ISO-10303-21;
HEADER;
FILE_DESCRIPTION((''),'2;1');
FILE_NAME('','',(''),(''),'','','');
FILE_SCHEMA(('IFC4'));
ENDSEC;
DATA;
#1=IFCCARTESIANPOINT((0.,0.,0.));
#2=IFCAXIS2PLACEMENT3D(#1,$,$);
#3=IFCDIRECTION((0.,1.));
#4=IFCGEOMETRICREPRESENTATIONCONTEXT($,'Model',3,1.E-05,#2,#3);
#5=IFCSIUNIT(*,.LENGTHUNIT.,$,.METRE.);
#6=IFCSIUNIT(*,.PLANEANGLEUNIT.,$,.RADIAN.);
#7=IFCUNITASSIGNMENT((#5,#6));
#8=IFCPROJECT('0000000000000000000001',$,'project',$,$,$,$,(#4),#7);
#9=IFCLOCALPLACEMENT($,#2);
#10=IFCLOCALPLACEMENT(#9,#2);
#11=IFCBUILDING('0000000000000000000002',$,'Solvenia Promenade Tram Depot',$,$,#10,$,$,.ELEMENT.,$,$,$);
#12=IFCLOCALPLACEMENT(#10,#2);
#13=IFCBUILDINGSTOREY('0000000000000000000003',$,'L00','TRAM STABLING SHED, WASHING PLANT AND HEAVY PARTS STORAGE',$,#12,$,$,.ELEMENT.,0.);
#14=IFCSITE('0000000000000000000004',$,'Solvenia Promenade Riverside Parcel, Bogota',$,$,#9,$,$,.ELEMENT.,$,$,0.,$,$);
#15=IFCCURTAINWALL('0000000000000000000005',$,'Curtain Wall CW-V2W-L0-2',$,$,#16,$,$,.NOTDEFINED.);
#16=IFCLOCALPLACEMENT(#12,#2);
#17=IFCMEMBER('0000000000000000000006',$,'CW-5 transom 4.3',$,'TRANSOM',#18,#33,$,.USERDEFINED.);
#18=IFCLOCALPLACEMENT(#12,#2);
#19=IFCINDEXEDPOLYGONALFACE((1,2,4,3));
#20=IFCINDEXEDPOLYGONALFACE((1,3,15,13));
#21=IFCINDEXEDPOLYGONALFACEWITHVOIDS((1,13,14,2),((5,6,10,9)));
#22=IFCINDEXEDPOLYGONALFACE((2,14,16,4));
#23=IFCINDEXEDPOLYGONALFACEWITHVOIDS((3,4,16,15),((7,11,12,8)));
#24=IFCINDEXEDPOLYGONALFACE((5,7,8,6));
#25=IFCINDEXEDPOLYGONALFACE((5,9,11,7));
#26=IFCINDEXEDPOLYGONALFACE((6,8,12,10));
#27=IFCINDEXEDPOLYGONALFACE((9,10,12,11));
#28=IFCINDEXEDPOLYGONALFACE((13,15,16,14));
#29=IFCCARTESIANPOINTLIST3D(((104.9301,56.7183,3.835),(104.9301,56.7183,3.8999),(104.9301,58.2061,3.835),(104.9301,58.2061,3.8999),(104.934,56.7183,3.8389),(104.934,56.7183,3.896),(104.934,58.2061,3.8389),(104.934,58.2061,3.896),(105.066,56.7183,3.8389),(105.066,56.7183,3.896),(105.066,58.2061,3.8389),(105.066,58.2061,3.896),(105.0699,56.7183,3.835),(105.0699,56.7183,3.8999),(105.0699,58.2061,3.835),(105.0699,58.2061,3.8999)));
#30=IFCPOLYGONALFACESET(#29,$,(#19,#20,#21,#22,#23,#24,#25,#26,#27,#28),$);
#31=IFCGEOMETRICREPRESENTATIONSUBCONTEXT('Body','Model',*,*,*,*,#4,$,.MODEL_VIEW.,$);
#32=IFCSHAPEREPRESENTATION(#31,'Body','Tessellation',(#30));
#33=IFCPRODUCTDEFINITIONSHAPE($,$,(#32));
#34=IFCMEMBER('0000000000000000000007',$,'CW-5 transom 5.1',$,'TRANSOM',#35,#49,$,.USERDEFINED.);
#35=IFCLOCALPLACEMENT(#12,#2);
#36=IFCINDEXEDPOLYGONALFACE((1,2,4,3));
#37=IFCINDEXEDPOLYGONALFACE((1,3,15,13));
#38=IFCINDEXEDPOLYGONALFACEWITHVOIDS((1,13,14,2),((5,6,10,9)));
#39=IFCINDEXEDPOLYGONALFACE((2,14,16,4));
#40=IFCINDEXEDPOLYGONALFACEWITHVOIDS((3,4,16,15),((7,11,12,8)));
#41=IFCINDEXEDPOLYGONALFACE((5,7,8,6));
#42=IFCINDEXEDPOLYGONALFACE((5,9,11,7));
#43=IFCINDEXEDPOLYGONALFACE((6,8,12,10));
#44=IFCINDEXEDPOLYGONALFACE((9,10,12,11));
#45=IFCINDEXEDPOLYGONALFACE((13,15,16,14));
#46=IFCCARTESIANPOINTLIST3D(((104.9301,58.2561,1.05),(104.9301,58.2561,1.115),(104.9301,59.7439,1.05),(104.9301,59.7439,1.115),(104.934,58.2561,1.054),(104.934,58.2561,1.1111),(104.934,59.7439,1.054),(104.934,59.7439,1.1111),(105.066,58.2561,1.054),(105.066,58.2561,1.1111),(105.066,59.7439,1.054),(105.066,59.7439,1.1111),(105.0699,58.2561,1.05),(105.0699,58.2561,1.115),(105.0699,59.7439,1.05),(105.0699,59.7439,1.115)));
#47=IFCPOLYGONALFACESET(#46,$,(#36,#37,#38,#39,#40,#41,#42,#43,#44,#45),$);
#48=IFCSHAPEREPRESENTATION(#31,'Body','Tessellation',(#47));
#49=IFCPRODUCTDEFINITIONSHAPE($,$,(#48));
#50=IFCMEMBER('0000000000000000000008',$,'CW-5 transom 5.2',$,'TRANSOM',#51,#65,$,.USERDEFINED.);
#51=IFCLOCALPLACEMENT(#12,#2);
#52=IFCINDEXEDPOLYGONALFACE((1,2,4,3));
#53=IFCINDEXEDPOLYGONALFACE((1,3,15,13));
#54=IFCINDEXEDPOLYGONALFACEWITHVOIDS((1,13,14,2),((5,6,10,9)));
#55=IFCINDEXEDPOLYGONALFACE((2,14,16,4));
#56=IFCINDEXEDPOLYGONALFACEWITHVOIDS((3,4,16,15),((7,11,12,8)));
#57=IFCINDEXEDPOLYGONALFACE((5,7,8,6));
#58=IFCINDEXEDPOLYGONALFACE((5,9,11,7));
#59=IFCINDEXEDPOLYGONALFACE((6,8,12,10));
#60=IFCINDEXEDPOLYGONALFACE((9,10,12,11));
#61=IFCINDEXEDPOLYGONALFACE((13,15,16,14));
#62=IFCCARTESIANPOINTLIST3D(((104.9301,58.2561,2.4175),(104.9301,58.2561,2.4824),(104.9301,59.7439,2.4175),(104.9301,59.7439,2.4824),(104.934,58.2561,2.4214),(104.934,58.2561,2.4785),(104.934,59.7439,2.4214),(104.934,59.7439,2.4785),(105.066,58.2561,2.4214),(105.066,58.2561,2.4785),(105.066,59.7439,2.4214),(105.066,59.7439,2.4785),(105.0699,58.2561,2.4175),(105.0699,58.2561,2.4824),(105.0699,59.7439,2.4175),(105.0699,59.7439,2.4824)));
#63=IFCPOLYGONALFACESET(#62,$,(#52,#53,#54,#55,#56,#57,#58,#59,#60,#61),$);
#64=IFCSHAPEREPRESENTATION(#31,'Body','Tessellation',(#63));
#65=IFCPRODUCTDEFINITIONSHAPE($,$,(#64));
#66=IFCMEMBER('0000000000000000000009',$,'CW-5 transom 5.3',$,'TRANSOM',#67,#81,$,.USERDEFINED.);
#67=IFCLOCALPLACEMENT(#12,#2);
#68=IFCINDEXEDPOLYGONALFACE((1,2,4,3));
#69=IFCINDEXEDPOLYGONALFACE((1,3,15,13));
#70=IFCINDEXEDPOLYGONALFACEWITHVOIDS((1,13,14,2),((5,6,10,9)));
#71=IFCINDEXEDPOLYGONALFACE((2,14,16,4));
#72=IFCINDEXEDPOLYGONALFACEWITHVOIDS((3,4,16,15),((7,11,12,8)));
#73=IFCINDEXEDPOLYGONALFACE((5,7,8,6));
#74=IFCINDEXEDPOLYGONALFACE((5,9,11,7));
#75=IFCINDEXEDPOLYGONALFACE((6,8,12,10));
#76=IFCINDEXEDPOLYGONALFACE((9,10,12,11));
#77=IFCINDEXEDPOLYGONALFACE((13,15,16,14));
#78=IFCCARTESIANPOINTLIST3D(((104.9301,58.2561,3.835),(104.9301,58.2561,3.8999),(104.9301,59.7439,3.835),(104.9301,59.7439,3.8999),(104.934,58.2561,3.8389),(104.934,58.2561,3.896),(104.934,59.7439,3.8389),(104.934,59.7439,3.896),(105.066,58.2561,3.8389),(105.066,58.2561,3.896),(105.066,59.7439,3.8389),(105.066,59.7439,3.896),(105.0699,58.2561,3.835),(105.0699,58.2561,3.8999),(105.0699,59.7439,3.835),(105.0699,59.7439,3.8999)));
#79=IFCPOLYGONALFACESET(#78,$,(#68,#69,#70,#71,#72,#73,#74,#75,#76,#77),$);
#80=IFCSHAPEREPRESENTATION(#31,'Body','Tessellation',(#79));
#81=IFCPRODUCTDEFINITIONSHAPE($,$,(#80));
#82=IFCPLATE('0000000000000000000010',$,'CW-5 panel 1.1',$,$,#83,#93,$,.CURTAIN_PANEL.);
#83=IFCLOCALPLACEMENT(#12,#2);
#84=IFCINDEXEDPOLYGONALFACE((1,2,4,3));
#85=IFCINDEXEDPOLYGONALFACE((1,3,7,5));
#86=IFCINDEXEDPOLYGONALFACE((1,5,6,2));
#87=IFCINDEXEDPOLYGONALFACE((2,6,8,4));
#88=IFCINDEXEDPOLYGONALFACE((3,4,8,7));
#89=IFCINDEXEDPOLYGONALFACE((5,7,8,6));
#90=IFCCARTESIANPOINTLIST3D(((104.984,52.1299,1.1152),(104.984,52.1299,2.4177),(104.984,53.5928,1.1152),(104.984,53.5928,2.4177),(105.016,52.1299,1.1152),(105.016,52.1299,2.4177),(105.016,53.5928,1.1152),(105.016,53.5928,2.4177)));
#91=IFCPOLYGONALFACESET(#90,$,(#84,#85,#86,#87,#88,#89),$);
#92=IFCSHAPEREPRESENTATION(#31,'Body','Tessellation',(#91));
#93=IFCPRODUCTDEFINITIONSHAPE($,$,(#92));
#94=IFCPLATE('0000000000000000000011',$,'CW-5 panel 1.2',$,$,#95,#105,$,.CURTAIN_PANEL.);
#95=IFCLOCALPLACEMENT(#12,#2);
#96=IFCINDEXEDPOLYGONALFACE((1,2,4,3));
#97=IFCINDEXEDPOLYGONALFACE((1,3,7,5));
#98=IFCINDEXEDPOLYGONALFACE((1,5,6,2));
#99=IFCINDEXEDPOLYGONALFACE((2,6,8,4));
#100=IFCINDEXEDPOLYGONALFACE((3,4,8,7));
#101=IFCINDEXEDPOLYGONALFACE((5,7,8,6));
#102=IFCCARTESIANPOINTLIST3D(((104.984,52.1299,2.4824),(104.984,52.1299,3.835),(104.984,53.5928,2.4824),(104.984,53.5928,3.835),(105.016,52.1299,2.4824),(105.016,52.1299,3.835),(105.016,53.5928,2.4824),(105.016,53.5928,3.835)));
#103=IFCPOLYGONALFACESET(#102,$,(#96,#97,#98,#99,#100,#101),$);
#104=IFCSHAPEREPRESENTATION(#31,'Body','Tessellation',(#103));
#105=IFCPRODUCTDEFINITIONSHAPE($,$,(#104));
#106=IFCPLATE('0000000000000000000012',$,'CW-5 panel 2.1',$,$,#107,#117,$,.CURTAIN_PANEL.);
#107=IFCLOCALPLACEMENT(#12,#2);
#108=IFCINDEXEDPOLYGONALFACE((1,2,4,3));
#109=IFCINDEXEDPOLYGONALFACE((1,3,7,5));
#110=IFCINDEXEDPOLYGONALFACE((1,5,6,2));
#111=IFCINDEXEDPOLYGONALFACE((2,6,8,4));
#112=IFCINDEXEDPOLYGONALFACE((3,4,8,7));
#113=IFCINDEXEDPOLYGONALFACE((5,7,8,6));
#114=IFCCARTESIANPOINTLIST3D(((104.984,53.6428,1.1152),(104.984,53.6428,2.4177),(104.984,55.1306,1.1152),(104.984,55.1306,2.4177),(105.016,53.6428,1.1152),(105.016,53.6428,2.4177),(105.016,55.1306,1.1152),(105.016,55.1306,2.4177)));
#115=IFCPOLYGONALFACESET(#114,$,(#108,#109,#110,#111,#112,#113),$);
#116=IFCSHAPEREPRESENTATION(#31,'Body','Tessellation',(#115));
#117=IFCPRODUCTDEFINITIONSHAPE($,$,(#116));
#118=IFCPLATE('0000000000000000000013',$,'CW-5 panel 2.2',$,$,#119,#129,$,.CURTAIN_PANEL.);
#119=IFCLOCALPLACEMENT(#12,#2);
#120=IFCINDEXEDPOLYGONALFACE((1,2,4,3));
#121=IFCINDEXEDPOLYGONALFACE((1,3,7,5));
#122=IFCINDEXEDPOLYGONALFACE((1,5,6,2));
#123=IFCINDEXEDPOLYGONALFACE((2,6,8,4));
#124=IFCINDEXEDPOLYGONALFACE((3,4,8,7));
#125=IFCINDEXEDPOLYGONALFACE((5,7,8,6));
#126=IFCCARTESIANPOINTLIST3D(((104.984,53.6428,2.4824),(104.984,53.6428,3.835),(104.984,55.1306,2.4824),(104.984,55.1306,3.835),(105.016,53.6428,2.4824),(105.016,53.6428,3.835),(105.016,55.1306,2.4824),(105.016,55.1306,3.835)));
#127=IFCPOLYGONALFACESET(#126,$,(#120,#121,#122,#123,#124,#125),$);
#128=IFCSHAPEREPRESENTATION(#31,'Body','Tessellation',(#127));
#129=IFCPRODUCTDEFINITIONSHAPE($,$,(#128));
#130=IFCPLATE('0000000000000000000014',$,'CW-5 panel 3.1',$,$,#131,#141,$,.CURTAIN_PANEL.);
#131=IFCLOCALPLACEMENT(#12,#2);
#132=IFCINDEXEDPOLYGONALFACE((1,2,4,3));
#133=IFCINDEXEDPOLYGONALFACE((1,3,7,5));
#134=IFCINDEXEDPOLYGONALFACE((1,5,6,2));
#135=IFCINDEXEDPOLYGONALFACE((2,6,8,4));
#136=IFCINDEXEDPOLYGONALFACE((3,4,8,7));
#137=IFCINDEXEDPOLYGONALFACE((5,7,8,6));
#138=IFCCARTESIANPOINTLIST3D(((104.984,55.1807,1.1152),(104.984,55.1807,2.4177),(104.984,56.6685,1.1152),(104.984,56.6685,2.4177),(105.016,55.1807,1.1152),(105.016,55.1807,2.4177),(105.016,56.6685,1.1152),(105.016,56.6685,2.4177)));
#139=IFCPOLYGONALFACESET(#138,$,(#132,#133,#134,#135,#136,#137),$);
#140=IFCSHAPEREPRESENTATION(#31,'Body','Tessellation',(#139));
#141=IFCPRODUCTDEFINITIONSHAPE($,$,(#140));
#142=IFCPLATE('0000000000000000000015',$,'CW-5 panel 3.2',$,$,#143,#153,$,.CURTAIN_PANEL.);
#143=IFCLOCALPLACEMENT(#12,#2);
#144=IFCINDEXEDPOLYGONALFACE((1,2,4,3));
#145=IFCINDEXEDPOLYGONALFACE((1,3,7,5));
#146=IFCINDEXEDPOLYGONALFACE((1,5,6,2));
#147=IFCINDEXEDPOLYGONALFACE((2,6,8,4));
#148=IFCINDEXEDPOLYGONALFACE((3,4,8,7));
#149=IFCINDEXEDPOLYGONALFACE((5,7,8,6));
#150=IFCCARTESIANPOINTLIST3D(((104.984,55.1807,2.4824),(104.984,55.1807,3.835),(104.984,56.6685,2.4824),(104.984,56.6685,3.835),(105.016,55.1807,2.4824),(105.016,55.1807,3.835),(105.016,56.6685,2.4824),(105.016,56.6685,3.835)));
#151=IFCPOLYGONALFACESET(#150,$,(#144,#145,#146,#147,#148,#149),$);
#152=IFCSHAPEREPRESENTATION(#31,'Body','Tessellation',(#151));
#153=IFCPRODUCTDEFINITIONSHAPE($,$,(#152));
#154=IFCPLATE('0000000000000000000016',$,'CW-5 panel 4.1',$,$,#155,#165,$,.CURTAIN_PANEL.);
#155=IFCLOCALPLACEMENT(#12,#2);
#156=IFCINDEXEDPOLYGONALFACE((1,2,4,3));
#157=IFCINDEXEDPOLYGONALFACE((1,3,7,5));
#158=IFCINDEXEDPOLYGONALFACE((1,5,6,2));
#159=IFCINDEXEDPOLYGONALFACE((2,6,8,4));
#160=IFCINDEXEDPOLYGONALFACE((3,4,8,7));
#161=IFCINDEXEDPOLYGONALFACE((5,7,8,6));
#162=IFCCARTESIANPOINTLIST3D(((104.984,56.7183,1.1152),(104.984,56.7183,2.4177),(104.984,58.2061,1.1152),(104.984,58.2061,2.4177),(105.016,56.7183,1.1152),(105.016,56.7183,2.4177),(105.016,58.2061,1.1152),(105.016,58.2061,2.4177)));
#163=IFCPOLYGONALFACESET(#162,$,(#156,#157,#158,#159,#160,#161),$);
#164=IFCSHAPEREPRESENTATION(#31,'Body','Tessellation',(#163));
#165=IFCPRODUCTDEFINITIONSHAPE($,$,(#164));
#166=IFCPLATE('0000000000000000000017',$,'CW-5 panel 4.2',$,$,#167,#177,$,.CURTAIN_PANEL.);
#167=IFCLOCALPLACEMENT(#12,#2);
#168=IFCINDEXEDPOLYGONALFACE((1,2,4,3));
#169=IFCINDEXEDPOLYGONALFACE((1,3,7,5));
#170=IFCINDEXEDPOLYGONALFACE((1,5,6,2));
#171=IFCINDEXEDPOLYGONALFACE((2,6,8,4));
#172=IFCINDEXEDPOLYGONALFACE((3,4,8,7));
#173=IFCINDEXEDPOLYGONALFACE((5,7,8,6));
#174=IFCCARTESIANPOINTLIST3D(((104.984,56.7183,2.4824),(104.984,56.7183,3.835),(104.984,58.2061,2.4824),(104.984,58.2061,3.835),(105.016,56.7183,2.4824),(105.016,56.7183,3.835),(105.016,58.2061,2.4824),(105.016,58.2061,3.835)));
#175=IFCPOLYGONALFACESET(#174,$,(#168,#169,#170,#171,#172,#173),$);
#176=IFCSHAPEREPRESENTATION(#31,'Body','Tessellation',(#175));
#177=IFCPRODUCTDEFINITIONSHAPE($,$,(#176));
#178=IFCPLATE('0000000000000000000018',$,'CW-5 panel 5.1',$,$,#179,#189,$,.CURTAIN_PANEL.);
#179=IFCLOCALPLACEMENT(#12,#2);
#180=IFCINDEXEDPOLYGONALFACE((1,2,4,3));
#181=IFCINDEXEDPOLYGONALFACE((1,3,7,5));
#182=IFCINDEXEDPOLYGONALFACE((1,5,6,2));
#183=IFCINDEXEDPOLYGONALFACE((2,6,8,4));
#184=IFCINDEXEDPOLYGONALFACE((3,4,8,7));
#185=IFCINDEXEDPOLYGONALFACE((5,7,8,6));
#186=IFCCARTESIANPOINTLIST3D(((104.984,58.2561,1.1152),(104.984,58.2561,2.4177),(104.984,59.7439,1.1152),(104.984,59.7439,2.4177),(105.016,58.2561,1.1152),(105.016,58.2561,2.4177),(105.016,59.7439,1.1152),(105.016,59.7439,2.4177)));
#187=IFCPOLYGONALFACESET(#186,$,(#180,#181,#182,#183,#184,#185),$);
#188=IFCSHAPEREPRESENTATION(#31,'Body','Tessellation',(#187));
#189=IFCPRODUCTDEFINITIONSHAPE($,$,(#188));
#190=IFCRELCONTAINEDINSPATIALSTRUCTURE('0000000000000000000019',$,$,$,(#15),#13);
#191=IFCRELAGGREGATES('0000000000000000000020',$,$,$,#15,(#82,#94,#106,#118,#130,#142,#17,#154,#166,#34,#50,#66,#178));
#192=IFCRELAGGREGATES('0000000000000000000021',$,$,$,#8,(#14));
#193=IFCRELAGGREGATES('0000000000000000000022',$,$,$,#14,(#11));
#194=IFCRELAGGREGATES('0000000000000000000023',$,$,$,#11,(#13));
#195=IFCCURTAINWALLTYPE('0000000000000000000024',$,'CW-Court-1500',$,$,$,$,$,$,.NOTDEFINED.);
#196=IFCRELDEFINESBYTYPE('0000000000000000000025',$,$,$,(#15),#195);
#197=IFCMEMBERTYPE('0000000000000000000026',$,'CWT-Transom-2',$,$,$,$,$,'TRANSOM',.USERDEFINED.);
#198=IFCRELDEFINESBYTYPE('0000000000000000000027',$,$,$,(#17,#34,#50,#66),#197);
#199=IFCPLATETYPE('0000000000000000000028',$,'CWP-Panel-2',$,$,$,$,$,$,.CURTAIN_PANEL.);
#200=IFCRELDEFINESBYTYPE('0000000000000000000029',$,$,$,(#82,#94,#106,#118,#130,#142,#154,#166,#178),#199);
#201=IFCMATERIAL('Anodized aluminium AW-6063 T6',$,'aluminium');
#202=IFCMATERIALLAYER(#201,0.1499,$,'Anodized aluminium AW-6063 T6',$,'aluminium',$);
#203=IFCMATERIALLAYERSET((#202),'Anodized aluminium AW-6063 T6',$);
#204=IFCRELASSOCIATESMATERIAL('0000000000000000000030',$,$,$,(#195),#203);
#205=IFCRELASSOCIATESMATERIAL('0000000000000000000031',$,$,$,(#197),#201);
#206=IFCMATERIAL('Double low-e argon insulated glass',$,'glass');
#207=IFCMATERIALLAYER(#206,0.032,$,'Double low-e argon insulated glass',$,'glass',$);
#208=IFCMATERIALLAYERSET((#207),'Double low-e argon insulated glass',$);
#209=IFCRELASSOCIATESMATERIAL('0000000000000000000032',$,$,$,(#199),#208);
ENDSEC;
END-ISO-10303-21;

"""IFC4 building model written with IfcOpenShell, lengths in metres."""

from ifc_helpers import new_model, si_unit, direction, frame, origin, origin_2d, place, context, subcontext, project, spatial, rectangle, hollow_rectangle, extrude, material, layer, layer_set, material_profile, profile_set, type_object, element, aggregate, save


model = new_model("IFC4")

# Units and contexts
model_context = context("Model", 3, precision=1e-05, world=origin(), true_north=direction((0.0, 1.0)))
body_context = subcontext(model_context, "Body", "Model", "MODEL_VIEW")
ifc_project = project(units=[si_unit("LENGTHUNIT", "METRE"), si_unit("PLANEANGLEUNIT", "RADIAN")], contexts=[model_context])

# Site, building, storey
site_placement = place(None, origin())
site = spatial("IfcSite", under=ifc_project, at=site_placement, Name="Solvenia Promenade Riverside Parcel, Bogota", CompositionType="ELEMENT", RefElevation=0.0)
building_placement = place(site_placement, origin())
building = spatial("IfcBuilding", under=site, at=building_placement, Name="Solvenia Promenade Tram Depot", CompositionType="ELEMENT")
storey_placement = place(building_placement, origin())
storey = spatial("IfcBuildingStorey", under=building, at=storey_placement, Name="L00", Description="TRAM STABLING SHED, WASHING PLANT AND HEAVY PARTS STORAGE", CompositionType="ELEMENT", Elevation=0.0)

# Curtain wall, members, plates
ifc_material_1 = material(Name="Anodized aluminium AW-6063 T6", Category="aluminium")
ifc_layer_1 = layer(ifc_material_1, 0.1499, Name="Anodized aluminium AW-6063 T6", Category="aluminium")
ifc_layer_set_1 = layer_set([ifc_layer_1], Name="Anodized aluminium AW-6063 T6")
curtain_wall_type = type_object("IfcCurtainWallType", Name="CW-Court-1500", PredefinedType="NOTDEFINED", material=ifc_layer_set_1)
curtain_wall_placement = place(storey_placement, origin())
curtain_wall = element("IfcCurtainWall", 1, at=curtain_wall_placement, inside=storey, type_object=curtain_wall_type, Name="Curtain Wall CW-V2W-L0-2", PredefinedType="NOTDEFINED")
ifc_material_profile_1 = material_profile(ifc_material_1, hollow_rectangle(XDim=0.1399, YDim=0.0649, WallThickness=0.0039, at=origin_2d()), Name="ALU-T2", Category="aluminium")
ifc_profile_set_1 = profile_set([ifc_material_profile_1], Name="Anodized aluminium AW-6063 T6")
member_type_1 = type_object("IfcMemberType", Name="CWT-Transom-2", ElementType="TRANSOM", PredefinedType="USERDEFINED", material=ifc_profile_set_1)
member_1_placement = place(storey_placement, frame((105.0, 56.7183, 3.8674), z_axis=(0.0, 1.0, 0.0), x_axis=(-1.0, 0.0, 0.0)))
member_1 = element("IfcMember", 2, at=member_1_placement, type_object=member_type_1, Name="CW-5 transom 4.3", ObjectType="TRANSOM", PredefinedType="USERDEFINED", context=body_context, shape_type="SweptSolid", body=[
    extrude(hollow_rectangle(XDim=0.1399, YDim=0.0649, WallThickness=0.0039, at=origin_2d()), origin(), (0.0, 0.0, 1.0), 1.4878),
])
member_2_placement = place(storey_placement, frame((105.0, 58.2561, 1.0825), z_axis=(0.0, 1.0, 0.0), x_axis=(-1.0, 0.0, 0.0)))
member_2 = element("IfcMember", 3, at=member_2_placement, type_object=member_type_1, Name="CW-5 transom 5.1", ObjectType="TRANSOM", PredefinedType="USERDEFINED", context=body_context, shape_type="SweptSolid", body=[
    extrude(hollow_rectangle(XDim=0.1399, YDim=0.0649, WallThickness=0.0039, at=origin_2d()), origin(), (0.0, 0.0, 1.0), 1.4878),
])
member_3_placement = place(storey_placement, frame((105.0, 58.2561, 2.45), z_axis=(0.0, 1.0, 0.0), x_axis=(-1.0, 0.0, 0.0)))
member_3 = element("IfcMember", 4, at=member_3_placement, type_object=member_type_1, Name="CW-5 transom 5.2", ObjectType="TRANSOM", PredefinedType="USERDEFINED", context=body_context, shape_type="SweptSolid", body=[
    extrude(hollow_rectangle(XDim=0.1399, YDim=0.0649, WallThickness=0.0039, at=origin_2d()), origin(), (0.0, 0.0, 1.0), 1.4878),
])
member_4_placement = place(storey_placement, frame((105.0, 58.2561, 3.8674), z_axis=(0.0, 1.0, 0.0), x_axis=(-1.0, 0.0, 0.0)))
member_4 = element("IfcMember", 5, at=member_4_placement, type_object=member_type_1, Name="CW-5 transom 5.3", ObjectType="TRANSOM", PredefinedType="USERDEFINED", context=body_context, shape_type="SweptSolid", body=[
    extrude(hollow_rectangle(XDim=0.1399, YDim=0.0649, WallThickness=0.0039, at=origin_2d()), origin(), (0.0, 0.0, 1.0), 1.4878),
])
ifc_material_2 = material(Name="Double low-e argon insulated glass", Category="glass")
ifc_layer_2 = layer(ifc_material_2, 0.032, Name="Double low-e argon insulated glass", Category="glass")
ifc_layer_set_2 = layer_set([ifc_layer_2], Name="Double low-e argon insulated glass")
plate_type = type_object("IfcPlateType", Name="CWP-Panel-2", PredefinedType="CURTAIN_PANEL", material=ifc_layer_set_2)
plate_1_placement = place(storey_placement, frame((105.0, 52.8613, 1.1152), z_axis=(0.0, 0.0, 1.0), x_axis=(0.0, 1.0, 0.0)))
plate_1 = element("IfcPlate", 6, at=plate_1_placement, type_object=plate_type, Name="CW-5 panel 1.1", PredefinedType="CURTAIN_PANEL", context=body_context, shape_type="SweptSolid", body=[
    extrude(rectangle(XDim=1.4629, YDim=0.032, at=origin_2d()), origin(), (0.0, 0.0, 1.0), 1.3025),
])
plate_2_placement = place(storey_placement, frame((105.0, 52.8613, 2.4824), z_axis=(0.0, 0.0, 1.0), x_axis=(0.0, 1.0, 0.0)))
plate_2 = element("IfcPlate", 7, at=plate_2_placement, type_object=plate_type, Name="CW-5 panel 1.2", PredefinedType="CURTAIN_PANEL", context=body_context, shape_type="SweptSolid", body=[
    extrude(rectangle(XDim=1.4629, YDim=0.032, at=origin_2d()), origin(), (0.0, 0.0, 1.0), 1.3525),
])
plate_3_placement = place(storey_placement, frame((105.0, 54.3867, 1.1152), z_axis=(0.0, 0.0, 1.0), x_axis=(0.0, 1.0, 0.0)))
plate_3 = element("IfcPlate", 8, at=plate_3_placement, type_object=plate_type, Name="CW-5 panel 2.1", PredefinedType="CURTAIN_PANEL", context=body_context, shape_type="SweptSolid", body=[
    extrude(rectangle(XDim=1.4878, YDim=0.032, at=origin_2d()), origin(), (0.0, 0.0, 1.0), 1.3025),
])
plate_4_placement = place(storey_placement, frame((105.0, 54.3867, 2.4824), z_axis=(0.0, 0.0, 1.0), x_axis=(0.0, 1.0, 0.0)))
plate_4 = element("IfcPlate", 9, at=plate_4_placement, type_object=plate_type, Name="CW-5 panel 2.2", PredefinedType="CURTAIN_PANEL", context=body_context, shape_type="SweptSolid", body=[
    extrude(rectangle(XDim=1.4878, YDim=0.032, at=origin_2d()), origin(), (0.0, 0.0, 1.0), 1.3525),
])
plate_5_placement = place(storey_placement, frame((105.0, 55.9246, 1.1152), z_axis=(0.0, 0.0, 1.0), x_axis=(0.0, 1.0, 0.0)))
plate_5 = element("IfcPlate", 10, at=plate_5_placement, type_object=plate_type, Name="CW-5 panel 3.1", PredefinedType="CURTAIN_PANEL", context=body_context, shape_type="SweptSolid", body=[
    extrude(rectangle(XDim=1.4878, YDim=0.032, at=origin_2d()), origin(), (0.0, 0.0, 1.0), 1.3025),
])
plate_6_placement = place(storey_placement, frame((105.0, 55.9246, 2.4824), z_axis=(0.0, 0.0, 1.0), x_axis=(0.0, 1.0, 0.0)))
plate_6 = element("IfcPlate", 11, at=plate_6_placement, type_object=plate_type, Name="CW-5 panel 3.2", PredefinedType="CURTAIN_PANEL", context=body_context, shape_type="SweptSolid", body=[
    extrude(rectangle(XDim=1.4878, YDim=0.032, at=origin_2d()), origin(), (0.0, 0.0, 1.0), 1.3525),
])
plate_7_placement = place(storey_placement, frame((105.0, 57.4622, 1.1152), z_axis=(0.0, 0.0, 1.0), x_axis=(0.0, 1.0, 0.0)))
plate_7 = element("IfcPlate", 12, at=plate_7_placement, type_object=plate_type, Name="CW-5 panel 4.1", PredefinedType="CURTAIN_PANEL", context=body_context, shape_type="SweptSolid", body=[
    extrude(rectangle(XDim=1.4878, YDim=0.032, at=origin_2d()), origin(), (0.0, 0.0, 1.0), 1.3025),
])
plate_8_placement = place(storey_placement, frame((105.0, 57.4622, 2.4824), z_axis=(0.0, 0.0, 1.0), x_axis=(0.0, 1.0, 0.0)))
plate_8 = element("IfcPlate", 13, at=plate_8_placement, type_object=plate_type, Name="CW-5 panel 4.2", PredefinedType="CURTAIN_PANEL", context=body_context, shape_type="SweptSolid", body=[
    extrude(rectangle(XDim=1.4878, YDim=0.032, at=origin_2d()), origin(), (0.0, 0.0, 1.0), 1.3525),
])
plate_9_placement = place(storey_placement, frame((105.0, 59.0, 1.1152), z_axis=(0.0, 0.0, 1.0), x_axis=(0.0, 1.0, 0.0)))
plate_9 = element("IfcPlate", 14, at=plate_9_placement, type_object=plate_type, Name="CW-5 panel 5.1", PredefinedType="CURTAIN_PANEL", context=body_context, shape_type="SweptSolid", body=[
    extrude(rectangle(XDim=1.4878, YDim=0.032, at=origin_2d()), origin(), (0.0, 0.0, 1.0), 1.3025),
])
aggregate(curtain_wall, [plate_1, plate_2, plate_3, plate_4, plate_5, plate_6, member_1, plate_7, plate_8, member_2, member_3, member_4, plate_9])

save(model, "model.ifc")
